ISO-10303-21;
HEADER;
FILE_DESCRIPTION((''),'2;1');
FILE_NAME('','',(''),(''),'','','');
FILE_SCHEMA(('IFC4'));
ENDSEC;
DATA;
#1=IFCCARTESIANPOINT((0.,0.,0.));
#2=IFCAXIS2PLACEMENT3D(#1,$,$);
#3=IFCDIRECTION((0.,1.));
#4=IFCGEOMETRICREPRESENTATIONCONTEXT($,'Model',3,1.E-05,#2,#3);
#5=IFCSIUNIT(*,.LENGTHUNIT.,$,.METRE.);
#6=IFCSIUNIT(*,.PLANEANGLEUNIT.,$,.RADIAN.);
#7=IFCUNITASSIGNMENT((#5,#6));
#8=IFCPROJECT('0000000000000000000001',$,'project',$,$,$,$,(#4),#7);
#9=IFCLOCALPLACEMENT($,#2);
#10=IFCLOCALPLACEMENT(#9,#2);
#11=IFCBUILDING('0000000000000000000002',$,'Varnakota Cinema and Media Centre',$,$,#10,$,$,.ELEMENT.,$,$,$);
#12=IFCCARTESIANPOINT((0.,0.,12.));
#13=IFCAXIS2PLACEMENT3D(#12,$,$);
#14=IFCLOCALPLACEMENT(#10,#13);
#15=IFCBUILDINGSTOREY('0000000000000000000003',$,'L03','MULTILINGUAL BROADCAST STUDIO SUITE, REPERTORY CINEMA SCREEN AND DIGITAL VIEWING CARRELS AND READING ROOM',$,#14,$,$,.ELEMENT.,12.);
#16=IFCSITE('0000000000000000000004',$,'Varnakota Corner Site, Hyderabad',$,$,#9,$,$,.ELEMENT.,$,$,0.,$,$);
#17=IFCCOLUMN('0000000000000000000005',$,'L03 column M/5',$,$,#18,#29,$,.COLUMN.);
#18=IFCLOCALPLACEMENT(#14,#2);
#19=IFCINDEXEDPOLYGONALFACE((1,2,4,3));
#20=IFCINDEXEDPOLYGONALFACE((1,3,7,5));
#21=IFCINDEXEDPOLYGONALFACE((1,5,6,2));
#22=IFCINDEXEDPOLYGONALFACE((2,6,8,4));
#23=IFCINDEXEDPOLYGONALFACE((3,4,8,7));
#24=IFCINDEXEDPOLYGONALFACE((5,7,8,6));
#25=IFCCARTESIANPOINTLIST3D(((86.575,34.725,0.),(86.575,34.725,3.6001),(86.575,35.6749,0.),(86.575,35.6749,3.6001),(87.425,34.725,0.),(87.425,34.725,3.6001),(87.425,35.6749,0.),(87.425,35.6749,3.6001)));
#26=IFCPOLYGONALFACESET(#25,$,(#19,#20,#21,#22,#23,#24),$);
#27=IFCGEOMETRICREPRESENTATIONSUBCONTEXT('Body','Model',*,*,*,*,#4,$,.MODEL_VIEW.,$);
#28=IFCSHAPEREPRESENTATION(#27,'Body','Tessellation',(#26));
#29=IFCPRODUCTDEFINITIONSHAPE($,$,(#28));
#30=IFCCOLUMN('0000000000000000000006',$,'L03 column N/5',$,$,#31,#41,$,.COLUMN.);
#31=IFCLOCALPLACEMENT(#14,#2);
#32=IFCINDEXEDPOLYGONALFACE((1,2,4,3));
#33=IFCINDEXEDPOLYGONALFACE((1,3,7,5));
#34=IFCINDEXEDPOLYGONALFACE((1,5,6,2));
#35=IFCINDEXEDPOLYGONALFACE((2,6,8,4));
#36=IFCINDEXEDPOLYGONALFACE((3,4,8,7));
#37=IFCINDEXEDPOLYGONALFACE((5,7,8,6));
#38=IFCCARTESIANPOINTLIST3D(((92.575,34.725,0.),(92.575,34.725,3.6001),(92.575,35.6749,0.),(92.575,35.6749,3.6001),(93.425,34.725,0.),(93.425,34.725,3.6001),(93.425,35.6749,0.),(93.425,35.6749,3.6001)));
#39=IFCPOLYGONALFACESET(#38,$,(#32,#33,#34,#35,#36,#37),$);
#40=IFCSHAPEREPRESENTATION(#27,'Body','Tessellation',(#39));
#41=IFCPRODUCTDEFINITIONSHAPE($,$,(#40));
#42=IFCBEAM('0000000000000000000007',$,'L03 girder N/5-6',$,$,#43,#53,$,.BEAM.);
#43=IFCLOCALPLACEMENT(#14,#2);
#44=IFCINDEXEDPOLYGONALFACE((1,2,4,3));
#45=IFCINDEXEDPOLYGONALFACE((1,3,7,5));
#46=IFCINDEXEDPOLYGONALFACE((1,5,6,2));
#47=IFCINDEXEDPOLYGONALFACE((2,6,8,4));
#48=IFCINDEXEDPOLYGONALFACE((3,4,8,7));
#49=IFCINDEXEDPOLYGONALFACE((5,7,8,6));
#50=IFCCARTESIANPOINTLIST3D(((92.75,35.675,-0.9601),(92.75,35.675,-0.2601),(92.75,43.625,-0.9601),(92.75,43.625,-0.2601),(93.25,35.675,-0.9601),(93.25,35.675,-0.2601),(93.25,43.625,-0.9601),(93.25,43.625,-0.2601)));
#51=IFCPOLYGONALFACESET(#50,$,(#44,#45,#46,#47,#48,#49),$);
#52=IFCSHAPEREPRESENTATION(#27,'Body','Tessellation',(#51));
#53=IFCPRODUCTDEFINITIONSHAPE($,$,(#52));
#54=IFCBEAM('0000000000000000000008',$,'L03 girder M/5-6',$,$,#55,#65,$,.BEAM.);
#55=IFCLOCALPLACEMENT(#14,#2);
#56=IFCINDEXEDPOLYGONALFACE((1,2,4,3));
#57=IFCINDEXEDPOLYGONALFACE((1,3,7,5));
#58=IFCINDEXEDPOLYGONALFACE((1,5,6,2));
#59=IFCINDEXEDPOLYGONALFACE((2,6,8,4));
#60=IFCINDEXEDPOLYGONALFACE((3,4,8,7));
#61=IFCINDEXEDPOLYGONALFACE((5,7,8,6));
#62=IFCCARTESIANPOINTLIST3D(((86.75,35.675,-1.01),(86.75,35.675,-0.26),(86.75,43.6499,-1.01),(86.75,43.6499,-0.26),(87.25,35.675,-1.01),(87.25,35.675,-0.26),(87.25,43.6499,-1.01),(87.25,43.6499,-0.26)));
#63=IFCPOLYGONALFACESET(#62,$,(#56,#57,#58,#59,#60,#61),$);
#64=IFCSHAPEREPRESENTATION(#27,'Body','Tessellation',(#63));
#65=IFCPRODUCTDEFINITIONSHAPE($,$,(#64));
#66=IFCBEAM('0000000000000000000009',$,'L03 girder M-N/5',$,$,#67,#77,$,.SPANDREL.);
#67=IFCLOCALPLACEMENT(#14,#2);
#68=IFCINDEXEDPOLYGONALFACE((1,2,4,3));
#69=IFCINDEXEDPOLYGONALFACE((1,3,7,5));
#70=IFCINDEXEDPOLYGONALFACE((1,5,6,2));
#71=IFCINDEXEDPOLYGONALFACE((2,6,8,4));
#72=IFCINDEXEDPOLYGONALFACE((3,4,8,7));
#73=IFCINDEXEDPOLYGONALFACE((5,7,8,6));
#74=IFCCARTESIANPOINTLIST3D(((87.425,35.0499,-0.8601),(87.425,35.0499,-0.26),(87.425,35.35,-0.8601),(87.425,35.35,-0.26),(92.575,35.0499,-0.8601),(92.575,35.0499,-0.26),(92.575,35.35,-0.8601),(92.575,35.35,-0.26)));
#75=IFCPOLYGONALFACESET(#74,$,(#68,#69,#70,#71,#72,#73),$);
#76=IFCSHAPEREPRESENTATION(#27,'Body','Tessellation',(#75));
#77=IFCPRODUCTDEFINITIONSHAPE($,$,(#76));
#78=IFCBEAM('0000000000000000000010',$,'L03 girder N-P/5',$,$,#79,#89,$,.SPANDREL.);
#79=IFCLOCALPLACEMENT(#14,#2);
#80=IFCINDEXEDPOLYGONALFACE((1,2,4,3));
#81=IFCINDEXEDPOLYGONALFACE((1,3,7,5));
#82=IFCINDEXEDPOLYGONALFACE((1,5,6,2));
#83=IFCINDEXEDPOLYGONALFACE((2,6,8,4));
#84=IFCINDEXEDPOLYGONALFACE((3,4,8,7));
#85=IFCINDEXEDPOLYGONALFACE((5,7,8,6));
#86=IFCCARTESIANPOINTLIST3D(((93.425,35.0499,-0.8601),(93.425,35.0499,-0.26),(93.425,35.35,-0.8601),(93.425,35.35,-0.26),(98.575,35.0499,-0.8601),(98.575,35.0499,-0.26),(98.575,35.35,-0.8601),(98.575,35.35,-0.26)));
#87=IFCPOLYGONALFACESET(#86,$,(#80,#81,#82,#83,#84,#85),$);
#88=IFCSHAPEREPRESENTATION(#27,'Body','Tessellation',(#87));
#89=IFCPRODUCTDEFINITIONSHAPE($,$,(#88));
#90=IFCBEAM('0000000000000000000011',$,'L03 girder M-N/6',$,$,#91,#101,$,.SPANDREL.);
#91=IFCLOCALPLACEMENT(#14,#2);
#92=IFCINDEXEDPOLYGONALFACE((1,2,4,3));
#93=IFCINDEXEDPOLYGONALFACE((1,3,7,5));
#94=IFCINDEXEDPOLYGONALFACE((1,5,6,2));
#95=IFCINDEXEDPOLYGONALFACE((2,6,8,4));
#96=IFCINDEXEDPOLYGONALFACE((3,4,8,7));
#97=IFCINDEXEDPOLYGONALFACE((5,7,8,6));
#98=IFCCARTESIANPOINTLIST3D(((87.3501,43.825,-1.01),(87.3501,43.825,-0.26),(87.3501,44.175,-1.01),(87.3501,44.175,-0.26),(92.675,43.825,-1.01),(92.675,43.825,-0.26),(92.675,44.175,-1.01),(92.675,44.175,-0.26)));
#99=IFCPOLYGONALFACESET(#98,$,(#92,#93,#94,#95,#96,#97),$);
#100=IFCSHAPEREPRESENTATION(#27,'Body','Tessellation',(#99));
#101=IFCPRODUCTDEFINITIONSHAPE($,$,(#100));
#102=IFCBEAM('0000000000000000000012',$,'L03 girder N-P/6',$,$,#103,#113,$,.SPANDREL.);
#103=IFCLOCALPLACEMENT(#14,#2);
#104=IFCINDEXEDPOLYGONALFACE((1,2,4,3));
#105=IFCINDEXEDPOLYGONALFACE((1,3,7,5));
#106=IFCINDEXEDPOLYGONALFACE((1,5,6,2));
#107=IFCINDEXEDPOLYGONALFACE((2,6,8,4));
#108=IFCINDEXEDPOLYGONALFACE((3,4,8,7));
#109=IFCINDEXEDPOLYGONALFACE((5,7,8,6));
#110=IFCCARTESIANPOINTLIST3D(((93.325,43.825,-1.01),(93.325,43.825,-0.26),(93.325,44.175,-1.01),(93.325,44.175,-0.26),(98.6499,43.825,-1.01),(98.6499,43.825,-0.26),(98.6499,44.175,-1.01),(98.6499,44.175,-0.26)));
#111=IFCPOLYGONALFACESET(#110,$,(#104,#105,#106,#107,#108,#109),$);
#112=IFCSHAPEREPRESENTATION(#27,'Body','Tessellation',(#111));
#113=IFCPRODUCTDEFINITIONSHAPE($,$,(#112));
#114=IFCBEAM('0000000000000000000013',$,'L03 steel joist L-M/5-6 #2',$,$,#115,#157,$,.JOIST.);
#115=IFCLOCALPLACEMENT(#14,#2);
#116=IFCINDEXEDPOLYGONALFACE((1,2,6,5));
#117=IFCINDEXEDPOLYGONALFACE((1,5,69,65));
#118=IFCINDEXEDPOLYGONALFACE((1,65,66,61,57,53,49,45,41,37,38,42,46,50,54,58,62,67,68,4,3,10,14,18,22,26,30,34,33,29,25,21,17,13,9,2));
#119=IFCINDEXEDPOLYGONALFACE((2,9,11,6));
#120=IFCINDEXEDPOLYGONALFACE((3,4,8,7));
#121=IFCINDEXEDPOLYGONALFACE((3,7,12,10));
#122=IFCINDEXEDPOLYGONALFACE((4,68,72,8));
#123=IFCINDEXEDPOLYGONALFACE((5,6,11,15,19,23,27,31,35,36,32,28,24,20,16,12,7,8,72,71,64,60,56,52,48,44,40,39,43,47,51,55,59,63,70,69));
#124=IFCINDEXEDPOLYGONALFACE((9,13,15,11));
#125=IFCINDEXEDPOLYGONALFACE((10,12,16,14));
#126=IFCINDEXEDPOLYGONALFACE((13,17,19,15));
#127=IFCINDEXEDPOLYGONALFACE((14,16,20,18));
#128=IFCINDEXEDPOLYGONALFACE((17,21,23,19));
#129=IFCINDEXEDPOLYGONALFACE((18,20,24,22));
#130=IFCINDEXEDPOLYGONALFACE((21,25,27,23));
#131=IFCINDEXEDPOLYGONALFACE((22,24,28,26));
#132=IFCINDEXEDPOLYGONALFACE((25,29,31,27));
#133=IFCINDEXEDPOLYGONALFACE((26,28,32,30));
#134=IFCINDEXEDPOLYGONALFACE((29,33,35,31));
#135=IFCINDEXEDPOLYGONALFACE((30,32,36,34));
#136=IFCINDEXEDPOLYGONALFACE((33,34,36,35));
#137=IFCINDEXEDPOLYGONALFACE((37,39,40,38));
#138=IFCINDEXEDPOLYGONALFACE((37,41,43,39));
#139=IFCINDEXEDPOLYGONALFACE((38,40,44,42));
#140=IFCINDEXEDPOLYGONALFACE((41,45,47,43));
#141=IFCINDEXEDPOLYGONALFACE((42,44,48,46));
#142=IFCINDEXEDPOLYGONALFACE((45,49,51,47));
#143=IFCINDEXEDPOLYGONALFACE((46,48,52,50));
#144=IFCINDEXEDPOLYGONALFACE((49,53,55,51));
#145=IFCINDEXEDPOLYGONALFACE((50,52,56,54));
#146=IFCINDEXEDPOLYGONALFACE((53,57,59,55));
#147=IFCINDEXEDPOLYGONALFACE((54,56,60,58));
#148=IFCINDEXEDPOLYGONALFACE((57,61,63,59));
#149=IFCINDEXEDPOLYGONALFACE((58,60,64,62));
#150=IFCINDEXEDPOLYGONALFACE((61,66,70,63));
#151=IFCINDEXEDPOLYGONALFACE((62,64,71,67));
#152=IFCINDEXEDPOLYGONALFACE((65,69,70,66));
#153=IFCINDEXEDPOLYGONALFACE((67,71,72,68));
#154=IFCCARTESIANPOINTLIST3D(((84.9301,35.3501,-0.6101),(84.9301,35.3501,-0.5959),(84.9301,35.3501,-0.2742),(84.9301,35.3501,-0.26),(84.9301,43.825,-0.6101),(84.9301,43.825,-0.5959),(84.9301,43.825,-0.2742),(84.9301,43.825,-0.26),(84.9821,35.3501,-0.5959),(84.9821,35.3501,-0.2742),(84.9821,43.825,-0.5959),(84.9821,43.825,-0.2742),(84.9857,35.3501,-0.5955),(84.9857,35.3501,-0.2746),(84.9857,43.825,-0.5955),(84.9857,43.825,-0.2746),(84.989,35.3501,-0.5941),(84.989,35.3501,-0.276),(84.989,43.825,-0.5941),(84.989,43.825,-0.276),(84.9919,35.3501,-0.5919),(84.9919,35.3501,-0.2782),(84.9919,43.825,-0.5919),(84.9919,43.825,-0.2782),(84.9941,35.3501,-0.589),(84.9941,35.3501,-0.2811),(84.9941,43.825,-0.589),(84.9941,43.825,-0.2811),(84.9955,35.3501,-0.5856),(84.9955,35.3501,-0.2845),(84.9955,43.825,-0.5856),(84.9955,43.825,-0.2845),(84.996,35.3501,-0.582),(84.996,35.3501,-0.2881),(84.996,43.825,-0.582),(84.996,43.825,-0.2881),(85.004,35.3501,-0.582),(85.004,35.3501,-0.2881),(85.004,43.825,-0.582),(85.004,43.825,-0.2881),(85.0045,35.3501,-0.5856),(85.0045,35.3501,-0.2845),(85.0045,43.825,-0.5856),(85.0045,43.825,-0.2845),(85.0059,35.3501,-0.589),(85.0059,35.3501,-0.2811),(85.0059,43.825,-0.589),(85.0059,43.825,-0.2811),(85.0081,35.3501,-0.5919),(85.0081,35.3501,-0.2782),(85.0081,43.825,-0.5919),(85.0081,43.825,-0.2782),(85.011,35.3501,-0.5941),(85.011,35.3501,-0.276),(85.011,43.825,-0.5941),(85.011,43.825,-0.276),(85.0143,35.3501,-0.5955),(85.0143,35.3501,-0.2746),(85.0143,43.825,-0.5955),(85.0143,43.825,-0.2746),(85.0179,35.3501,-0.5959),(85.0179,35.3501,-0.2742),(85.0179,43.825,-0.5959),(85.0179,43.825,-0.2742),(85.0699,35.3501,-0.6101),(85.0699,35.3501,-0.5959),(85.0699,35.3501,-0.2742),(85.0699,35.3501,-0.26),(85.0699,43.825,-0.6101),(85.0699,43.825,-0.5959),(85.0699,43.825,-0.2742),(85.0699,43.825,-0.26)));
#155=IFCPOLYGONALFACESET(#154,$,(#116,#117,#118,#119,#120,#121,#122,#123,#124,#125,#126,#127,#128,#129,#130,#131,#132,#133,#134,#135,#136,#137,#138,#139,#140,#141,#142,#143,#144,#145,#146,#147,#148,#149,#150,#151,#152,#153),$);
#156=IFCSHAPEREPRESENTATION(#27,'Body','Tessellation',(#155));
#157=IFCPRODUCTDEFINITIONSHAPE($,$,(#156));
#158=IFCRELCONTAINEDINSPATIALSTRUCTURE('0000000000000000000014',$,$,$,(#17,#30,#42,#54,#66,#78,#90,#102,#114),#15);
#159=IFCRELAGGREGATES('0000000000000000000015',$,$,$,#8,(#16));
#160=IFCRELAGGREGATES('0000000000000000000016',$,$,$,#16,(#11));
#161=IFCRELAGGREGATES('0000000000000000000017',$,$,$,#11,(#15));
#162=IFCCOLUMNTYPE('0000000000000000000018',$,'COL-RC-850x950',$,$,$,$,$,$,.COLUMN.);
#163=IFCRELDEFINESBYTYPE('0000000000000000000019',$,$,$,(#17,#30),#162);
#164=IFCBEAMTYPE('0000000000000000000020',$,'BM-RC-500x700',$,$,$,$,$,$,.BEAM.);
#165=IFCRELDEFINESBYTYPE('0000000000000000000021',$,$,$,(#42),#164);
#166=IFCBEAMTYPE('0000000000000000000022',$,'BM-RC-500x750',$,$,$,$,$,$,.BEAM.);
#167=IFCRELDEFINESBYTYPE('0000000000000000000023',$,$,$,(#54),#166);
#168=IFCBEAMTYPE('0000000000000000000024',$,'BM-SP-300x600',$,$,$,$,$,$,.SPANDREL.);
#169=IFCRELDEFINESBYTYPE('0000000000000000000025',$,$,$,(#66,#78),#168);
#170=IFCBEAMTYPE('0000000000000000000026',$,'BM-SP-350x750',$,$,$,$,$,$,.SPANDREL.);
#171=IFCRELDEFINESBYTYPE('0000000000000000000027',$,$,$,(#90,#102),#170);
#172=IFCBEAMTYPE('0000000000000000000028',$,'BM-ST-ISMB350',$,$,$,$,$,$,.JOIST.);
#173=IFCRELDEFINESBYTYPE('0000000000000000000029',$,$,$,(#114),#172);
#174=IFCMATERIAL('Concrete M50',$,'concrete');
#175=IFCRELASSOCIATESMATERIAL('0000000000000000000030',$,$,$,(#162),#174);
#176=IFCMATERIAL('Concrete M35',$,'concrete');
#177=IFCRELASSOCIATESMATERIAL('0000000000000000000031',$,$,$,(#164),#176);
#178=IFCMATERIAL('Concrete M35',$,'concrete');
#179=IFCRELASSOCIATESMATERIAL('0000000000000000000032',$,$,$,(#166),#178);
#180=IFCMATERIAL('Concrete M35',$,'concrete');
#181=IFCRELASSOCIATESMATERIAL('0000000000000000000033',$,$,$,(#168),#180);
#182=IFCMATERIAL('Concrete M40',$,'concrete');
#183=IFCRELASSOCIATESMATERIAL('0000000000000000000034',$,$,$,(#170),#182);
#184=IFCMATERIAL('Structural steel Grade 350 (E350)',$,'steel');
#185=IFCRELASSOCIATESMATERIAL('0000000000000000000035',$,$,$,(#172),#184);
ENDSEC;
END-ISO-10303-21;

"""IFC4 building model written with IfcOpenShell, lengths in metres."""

from ifc_helpers import new_model, si_unit, direction, frame, origin, origin_2d, place, context, subcontext, project, spatial, rectangle, i_section, extrude, material, material_profile, profile_set, type_object, element, save


model = new_model("IFC4")

# Units and contexts
model_context = context("Model", 3, precision=1e-05, world=origin(), true_north=direction((0.0, 1.0)))
body_context = subcontext(model_context, "Body", "Model", "MODEL_VIEW")
ifc_project = project(units=[si_unit("LENGTHUNIT", "METRE"), si_unit("PLANEANGLEUNIT", "RADIAN")], contexts=[model_context])

# Site, building, storey
site_placement = place(None, origin())
site = spatial("IfcSite", under=ifc_project, at=site_placement, Name="Varnakota Corner Site, Hyderabad", CompositionType="ELEMENT", RefElevation=0.0)
building_placement = place(site_placement, origin())
building = spatial("IfcBuilding", under=site, at=building_placement, Name="Varnakota Cinema and Media Centre", CompositionType="ELEMENT")
storey_placement = place(building_placement, frame((0.0, 0.0, 12.0)))
storey = spatial("IfcBuildingStorey", under=building, at=storey_placement, Name="L03", Description="MULTILINGUAL BROADCAST STUDIO SUITE, REPERTORY CINEMA SCREEN AND DIGITAL VIEWING CARRELS AND READING ROOM", CompositionType="ELEMENT", Elevation=12.0)

# Columns
ifc_material_1 = material(Name="Concrete M50", Category="concrete")
ifc_material_profile_1 = material_profile(ifc_material_1, rectangle(XDim=0.8501, YDim=0.95, at=origin_2d()), Name="RC 850x950")
ifc_profile_set_1 = profile_set([ifc_material_profile_1], Name="Concrete M50")
column_type = type_object("IfcColumnType", Name="COL-RC-850x950", PredefinedType="COLUMN", material=ifc_profile_set_1)
for number, where, z_axis, x_axis, name in (
    (1, (87.0, 35.2, 0.0), (0.0, 0.0, 1.0), (1.0, 0.0, 0.0), "L03 column M/5"),
    (2, (93.0, 35.2, 0.0), (0.0, 0.0, 1.0), (1.0, 0.0, 0.0), "L03 column N/5"),
):
    element("IfcColumn", number, at=place(storey_placement, frame(where, z_axis=z_axis, x_axis=x_axis)), inside=storey, type_object=column_type, Name=name, PredefinedType="COLUMN", context=body_context, shape_type="SweptSolid", body=[
        extrude(rectangle(XDim=0.8501, YDim=0.95, at=origin_2d()), origin(), (0.0, 0.0, 1.0), 3.6001),
    ])

# Beams
ifc_material_2 = material(Name="Concrete M35", Category="concrete")
ifc_material_profile_2 = material_profile(ifc_material_2, rectangle(XDim=0.5, YDim=0.7, at=origin_2d()), Name="RCB 500x700")
ifc_profile_set_2 = profile_set([ifc_material_profile_2], Name="Concrete M35")
beam_type_1 = type_object("IfcBeamType", Name="BM-RC-500x700", PredefinedType="BEAM", material=ifc_profile_set_2)
beam_1_placement = place(storey_placement, frame((93.0, 35.675, -0.6101), z_axis=(0.0, 1.0, 0.0), x_axis=(-1.0, 0.0, 0.0)))
element("IfcBeam", 3, at=beam_1_placement, inside=storey, type_object=beam_type_1, Name="L03 girder N/5-6", PredefinedType="BEAM", context=body_context, shape_type="SweptSolid", body=[
    extrude(rectangle(XDim=0.5, YDim=0.7, at=origin_2d()), origin(), (0.0, 0.0, 1.0), 7.95),
])
ifc_material_3 = material(Name="Concrete M35", Category="concrete")
ifc_material_profile_3 = material_profile(ifc_material_3, rectangle(XDim=0.5, YDim=0.75, at=origin_2d()), Name="RCB 500x750")
ifc_profile_set_3 = profile_set([ifc_material_profile_3], Name="Concrete M35")
beam_type_2 = type_object("IfcBeamType", Name="BM-RC-500x750", PredefinedType="BEAM", material=ifc_profile_set_3)
beam_2_placement = place(storey_placement, frame((87.0, 35.675, -0.635), z_axis=(0.0, 1.0, 0.0), x_axis=(-1.0, 0.0, 0.0)))
element("IfcBeam", 4, at=beam_2_placement, inside=storey, type_object=beam_type_2, Name="L03 girder M/5-6", PredefinedType="BEAM", context=body_context, shape_type="SweptSolid", body=[
    extrude(rectangle(XDim=0.5, YDim=0.75, at=origin_2d()), origin(), (0.0, 0.0, 1.0), 7.9749),
])
ifc_material_4 = material(Name="Concrete M35", Category="concrete")
ifc_material_profile_4 = material_profile(ifc_material_4, rectangle(XDim=0.3, YDim=0.6001, at=origin_2d()), Name="RCB 300x600")
ifc_profile_set_4 = profile_set([ifc_material_profile_4], Name="Concrete M35")
beam_type_3 = type_object("IfcBeamType", Name="BM-SP-300x600", PredefinedType="SPANDREL", material=ifc_profile_set_4)
for number, where, z_axis, x_axis, name in (
    (5, (87.425, 35.2, -0.5601), (1.0, 0.0, 0.0), (0.0, 1.0, 0.0), "L03 girder M-N/5"),
    (6, (93.425, 35.2, -0.5601), (1.0, 0.0, 0.0), (0.0, 1.0, 0.0), "L03 girder N-P/5"),
):
    element("IfcBeam", number, at=place(storey_placement, frame(where, z_axis=z_axis, x_axis=x_axis)), inside=storey, type_object=beam_type_3, Name=name, PredefinedType="SPANDREL", context=body_context, shape_type="SweptSolid", body=[
        extrude(rectangle(XDim=0.3, YDim=0.6001, at=origin_2d()), origin(), (0.0, 0.0, 1.0), 5.1499),
    ])
ifc_material_5 = material(Name="Concrete M40", Category="concrete")
ifc_material_profile_5 = material_profile(ifc_material_5, rectangle(XDim=0.3501, YDim=0.75, at=origin_2d()), Name="RCB 350x750")
ifc_profile_set_5 = profile_set([ifc_material_profile_5], Name="Concrete M40")
beam_type_4 = type_object("IfcBeamType", Name="BM-SP-350x750", PredefinedType="SPANDREL", material=ifc_profile_set_5)
for number, where, z_axis, x_axis, name in (
    (7, (87.3501, 44.0, -0.635), (1.0, 0.0, 0.0), (0.0, 1.0, 0.0), "L03 girder M-N/6"),
    (8, (93.325, 44.0, -0.635), (1.0, 0.0, 0.0), (0.0, 1.0, 0.0), "L03 girder N-P/6"),
):
    element("IfcBeam", number, at=place(storey_placement, frame(where, z_axis=z_axis, x_axis=x_axis)), inside=storey, type_object=beam_type_4, Name=name, PredefinedType="SPANDREL", context=body_context, shape_type="SweptSolid", body=[
        extrude(rectangle(XDim=0.3501, YDim=0.75, at=origin_2d()), origin(), (0.0, 0.0, 1.0), 5.325),
    ])
ifc_material_6 = material(Name="Structural steel Grade 350 (E350)", Category="steel")
ifc_material_profile_6 = material_profile(ifc_material_6, i_section(OverallWidth=0.1399, OverallDepth=0.3501, WebThickness=0.0081, FlangeThickness=0.0142, FilletRadius=0.0139, at=origin_2d()), Name="ISMB 350")
ifc_profile_set_6 = profile_set([ifc_material_profile_6], Name="Structural steel Grade 350 (E350)")
beam_type_5 = type_object("IfcBeamType", Name="BM-ST-ISMB350", PredefinedType="JOIST", material=ifc_profile_set_6)
beam_3_placement = place(storey_placement, frame((85.0, 35.3501, -0.4351), z_axis=(0.0, 1.0, 0.0), x_axis=(-1.0, 0.0, 0.0)))
element("IfcBeam", 9, at=beam_3_placement, inside=storey, type_object=beam_type_5, Name="L03 steel joist L-M/5-6 #2", PredefinedType="JOIST", context=body_context, shape_type="SweptSolid", body=[
    extrude(i_section(OverallWidth=0.1399, OverallDepth=0.3501, WebThickness=0.0081, FlangeThickness=0.0142, FilletRadius=0.0139, at=origin_2d()), origin(), (0.0, 0.0, 1.0), 8.4749),
])

save(model, "model.ifc")
